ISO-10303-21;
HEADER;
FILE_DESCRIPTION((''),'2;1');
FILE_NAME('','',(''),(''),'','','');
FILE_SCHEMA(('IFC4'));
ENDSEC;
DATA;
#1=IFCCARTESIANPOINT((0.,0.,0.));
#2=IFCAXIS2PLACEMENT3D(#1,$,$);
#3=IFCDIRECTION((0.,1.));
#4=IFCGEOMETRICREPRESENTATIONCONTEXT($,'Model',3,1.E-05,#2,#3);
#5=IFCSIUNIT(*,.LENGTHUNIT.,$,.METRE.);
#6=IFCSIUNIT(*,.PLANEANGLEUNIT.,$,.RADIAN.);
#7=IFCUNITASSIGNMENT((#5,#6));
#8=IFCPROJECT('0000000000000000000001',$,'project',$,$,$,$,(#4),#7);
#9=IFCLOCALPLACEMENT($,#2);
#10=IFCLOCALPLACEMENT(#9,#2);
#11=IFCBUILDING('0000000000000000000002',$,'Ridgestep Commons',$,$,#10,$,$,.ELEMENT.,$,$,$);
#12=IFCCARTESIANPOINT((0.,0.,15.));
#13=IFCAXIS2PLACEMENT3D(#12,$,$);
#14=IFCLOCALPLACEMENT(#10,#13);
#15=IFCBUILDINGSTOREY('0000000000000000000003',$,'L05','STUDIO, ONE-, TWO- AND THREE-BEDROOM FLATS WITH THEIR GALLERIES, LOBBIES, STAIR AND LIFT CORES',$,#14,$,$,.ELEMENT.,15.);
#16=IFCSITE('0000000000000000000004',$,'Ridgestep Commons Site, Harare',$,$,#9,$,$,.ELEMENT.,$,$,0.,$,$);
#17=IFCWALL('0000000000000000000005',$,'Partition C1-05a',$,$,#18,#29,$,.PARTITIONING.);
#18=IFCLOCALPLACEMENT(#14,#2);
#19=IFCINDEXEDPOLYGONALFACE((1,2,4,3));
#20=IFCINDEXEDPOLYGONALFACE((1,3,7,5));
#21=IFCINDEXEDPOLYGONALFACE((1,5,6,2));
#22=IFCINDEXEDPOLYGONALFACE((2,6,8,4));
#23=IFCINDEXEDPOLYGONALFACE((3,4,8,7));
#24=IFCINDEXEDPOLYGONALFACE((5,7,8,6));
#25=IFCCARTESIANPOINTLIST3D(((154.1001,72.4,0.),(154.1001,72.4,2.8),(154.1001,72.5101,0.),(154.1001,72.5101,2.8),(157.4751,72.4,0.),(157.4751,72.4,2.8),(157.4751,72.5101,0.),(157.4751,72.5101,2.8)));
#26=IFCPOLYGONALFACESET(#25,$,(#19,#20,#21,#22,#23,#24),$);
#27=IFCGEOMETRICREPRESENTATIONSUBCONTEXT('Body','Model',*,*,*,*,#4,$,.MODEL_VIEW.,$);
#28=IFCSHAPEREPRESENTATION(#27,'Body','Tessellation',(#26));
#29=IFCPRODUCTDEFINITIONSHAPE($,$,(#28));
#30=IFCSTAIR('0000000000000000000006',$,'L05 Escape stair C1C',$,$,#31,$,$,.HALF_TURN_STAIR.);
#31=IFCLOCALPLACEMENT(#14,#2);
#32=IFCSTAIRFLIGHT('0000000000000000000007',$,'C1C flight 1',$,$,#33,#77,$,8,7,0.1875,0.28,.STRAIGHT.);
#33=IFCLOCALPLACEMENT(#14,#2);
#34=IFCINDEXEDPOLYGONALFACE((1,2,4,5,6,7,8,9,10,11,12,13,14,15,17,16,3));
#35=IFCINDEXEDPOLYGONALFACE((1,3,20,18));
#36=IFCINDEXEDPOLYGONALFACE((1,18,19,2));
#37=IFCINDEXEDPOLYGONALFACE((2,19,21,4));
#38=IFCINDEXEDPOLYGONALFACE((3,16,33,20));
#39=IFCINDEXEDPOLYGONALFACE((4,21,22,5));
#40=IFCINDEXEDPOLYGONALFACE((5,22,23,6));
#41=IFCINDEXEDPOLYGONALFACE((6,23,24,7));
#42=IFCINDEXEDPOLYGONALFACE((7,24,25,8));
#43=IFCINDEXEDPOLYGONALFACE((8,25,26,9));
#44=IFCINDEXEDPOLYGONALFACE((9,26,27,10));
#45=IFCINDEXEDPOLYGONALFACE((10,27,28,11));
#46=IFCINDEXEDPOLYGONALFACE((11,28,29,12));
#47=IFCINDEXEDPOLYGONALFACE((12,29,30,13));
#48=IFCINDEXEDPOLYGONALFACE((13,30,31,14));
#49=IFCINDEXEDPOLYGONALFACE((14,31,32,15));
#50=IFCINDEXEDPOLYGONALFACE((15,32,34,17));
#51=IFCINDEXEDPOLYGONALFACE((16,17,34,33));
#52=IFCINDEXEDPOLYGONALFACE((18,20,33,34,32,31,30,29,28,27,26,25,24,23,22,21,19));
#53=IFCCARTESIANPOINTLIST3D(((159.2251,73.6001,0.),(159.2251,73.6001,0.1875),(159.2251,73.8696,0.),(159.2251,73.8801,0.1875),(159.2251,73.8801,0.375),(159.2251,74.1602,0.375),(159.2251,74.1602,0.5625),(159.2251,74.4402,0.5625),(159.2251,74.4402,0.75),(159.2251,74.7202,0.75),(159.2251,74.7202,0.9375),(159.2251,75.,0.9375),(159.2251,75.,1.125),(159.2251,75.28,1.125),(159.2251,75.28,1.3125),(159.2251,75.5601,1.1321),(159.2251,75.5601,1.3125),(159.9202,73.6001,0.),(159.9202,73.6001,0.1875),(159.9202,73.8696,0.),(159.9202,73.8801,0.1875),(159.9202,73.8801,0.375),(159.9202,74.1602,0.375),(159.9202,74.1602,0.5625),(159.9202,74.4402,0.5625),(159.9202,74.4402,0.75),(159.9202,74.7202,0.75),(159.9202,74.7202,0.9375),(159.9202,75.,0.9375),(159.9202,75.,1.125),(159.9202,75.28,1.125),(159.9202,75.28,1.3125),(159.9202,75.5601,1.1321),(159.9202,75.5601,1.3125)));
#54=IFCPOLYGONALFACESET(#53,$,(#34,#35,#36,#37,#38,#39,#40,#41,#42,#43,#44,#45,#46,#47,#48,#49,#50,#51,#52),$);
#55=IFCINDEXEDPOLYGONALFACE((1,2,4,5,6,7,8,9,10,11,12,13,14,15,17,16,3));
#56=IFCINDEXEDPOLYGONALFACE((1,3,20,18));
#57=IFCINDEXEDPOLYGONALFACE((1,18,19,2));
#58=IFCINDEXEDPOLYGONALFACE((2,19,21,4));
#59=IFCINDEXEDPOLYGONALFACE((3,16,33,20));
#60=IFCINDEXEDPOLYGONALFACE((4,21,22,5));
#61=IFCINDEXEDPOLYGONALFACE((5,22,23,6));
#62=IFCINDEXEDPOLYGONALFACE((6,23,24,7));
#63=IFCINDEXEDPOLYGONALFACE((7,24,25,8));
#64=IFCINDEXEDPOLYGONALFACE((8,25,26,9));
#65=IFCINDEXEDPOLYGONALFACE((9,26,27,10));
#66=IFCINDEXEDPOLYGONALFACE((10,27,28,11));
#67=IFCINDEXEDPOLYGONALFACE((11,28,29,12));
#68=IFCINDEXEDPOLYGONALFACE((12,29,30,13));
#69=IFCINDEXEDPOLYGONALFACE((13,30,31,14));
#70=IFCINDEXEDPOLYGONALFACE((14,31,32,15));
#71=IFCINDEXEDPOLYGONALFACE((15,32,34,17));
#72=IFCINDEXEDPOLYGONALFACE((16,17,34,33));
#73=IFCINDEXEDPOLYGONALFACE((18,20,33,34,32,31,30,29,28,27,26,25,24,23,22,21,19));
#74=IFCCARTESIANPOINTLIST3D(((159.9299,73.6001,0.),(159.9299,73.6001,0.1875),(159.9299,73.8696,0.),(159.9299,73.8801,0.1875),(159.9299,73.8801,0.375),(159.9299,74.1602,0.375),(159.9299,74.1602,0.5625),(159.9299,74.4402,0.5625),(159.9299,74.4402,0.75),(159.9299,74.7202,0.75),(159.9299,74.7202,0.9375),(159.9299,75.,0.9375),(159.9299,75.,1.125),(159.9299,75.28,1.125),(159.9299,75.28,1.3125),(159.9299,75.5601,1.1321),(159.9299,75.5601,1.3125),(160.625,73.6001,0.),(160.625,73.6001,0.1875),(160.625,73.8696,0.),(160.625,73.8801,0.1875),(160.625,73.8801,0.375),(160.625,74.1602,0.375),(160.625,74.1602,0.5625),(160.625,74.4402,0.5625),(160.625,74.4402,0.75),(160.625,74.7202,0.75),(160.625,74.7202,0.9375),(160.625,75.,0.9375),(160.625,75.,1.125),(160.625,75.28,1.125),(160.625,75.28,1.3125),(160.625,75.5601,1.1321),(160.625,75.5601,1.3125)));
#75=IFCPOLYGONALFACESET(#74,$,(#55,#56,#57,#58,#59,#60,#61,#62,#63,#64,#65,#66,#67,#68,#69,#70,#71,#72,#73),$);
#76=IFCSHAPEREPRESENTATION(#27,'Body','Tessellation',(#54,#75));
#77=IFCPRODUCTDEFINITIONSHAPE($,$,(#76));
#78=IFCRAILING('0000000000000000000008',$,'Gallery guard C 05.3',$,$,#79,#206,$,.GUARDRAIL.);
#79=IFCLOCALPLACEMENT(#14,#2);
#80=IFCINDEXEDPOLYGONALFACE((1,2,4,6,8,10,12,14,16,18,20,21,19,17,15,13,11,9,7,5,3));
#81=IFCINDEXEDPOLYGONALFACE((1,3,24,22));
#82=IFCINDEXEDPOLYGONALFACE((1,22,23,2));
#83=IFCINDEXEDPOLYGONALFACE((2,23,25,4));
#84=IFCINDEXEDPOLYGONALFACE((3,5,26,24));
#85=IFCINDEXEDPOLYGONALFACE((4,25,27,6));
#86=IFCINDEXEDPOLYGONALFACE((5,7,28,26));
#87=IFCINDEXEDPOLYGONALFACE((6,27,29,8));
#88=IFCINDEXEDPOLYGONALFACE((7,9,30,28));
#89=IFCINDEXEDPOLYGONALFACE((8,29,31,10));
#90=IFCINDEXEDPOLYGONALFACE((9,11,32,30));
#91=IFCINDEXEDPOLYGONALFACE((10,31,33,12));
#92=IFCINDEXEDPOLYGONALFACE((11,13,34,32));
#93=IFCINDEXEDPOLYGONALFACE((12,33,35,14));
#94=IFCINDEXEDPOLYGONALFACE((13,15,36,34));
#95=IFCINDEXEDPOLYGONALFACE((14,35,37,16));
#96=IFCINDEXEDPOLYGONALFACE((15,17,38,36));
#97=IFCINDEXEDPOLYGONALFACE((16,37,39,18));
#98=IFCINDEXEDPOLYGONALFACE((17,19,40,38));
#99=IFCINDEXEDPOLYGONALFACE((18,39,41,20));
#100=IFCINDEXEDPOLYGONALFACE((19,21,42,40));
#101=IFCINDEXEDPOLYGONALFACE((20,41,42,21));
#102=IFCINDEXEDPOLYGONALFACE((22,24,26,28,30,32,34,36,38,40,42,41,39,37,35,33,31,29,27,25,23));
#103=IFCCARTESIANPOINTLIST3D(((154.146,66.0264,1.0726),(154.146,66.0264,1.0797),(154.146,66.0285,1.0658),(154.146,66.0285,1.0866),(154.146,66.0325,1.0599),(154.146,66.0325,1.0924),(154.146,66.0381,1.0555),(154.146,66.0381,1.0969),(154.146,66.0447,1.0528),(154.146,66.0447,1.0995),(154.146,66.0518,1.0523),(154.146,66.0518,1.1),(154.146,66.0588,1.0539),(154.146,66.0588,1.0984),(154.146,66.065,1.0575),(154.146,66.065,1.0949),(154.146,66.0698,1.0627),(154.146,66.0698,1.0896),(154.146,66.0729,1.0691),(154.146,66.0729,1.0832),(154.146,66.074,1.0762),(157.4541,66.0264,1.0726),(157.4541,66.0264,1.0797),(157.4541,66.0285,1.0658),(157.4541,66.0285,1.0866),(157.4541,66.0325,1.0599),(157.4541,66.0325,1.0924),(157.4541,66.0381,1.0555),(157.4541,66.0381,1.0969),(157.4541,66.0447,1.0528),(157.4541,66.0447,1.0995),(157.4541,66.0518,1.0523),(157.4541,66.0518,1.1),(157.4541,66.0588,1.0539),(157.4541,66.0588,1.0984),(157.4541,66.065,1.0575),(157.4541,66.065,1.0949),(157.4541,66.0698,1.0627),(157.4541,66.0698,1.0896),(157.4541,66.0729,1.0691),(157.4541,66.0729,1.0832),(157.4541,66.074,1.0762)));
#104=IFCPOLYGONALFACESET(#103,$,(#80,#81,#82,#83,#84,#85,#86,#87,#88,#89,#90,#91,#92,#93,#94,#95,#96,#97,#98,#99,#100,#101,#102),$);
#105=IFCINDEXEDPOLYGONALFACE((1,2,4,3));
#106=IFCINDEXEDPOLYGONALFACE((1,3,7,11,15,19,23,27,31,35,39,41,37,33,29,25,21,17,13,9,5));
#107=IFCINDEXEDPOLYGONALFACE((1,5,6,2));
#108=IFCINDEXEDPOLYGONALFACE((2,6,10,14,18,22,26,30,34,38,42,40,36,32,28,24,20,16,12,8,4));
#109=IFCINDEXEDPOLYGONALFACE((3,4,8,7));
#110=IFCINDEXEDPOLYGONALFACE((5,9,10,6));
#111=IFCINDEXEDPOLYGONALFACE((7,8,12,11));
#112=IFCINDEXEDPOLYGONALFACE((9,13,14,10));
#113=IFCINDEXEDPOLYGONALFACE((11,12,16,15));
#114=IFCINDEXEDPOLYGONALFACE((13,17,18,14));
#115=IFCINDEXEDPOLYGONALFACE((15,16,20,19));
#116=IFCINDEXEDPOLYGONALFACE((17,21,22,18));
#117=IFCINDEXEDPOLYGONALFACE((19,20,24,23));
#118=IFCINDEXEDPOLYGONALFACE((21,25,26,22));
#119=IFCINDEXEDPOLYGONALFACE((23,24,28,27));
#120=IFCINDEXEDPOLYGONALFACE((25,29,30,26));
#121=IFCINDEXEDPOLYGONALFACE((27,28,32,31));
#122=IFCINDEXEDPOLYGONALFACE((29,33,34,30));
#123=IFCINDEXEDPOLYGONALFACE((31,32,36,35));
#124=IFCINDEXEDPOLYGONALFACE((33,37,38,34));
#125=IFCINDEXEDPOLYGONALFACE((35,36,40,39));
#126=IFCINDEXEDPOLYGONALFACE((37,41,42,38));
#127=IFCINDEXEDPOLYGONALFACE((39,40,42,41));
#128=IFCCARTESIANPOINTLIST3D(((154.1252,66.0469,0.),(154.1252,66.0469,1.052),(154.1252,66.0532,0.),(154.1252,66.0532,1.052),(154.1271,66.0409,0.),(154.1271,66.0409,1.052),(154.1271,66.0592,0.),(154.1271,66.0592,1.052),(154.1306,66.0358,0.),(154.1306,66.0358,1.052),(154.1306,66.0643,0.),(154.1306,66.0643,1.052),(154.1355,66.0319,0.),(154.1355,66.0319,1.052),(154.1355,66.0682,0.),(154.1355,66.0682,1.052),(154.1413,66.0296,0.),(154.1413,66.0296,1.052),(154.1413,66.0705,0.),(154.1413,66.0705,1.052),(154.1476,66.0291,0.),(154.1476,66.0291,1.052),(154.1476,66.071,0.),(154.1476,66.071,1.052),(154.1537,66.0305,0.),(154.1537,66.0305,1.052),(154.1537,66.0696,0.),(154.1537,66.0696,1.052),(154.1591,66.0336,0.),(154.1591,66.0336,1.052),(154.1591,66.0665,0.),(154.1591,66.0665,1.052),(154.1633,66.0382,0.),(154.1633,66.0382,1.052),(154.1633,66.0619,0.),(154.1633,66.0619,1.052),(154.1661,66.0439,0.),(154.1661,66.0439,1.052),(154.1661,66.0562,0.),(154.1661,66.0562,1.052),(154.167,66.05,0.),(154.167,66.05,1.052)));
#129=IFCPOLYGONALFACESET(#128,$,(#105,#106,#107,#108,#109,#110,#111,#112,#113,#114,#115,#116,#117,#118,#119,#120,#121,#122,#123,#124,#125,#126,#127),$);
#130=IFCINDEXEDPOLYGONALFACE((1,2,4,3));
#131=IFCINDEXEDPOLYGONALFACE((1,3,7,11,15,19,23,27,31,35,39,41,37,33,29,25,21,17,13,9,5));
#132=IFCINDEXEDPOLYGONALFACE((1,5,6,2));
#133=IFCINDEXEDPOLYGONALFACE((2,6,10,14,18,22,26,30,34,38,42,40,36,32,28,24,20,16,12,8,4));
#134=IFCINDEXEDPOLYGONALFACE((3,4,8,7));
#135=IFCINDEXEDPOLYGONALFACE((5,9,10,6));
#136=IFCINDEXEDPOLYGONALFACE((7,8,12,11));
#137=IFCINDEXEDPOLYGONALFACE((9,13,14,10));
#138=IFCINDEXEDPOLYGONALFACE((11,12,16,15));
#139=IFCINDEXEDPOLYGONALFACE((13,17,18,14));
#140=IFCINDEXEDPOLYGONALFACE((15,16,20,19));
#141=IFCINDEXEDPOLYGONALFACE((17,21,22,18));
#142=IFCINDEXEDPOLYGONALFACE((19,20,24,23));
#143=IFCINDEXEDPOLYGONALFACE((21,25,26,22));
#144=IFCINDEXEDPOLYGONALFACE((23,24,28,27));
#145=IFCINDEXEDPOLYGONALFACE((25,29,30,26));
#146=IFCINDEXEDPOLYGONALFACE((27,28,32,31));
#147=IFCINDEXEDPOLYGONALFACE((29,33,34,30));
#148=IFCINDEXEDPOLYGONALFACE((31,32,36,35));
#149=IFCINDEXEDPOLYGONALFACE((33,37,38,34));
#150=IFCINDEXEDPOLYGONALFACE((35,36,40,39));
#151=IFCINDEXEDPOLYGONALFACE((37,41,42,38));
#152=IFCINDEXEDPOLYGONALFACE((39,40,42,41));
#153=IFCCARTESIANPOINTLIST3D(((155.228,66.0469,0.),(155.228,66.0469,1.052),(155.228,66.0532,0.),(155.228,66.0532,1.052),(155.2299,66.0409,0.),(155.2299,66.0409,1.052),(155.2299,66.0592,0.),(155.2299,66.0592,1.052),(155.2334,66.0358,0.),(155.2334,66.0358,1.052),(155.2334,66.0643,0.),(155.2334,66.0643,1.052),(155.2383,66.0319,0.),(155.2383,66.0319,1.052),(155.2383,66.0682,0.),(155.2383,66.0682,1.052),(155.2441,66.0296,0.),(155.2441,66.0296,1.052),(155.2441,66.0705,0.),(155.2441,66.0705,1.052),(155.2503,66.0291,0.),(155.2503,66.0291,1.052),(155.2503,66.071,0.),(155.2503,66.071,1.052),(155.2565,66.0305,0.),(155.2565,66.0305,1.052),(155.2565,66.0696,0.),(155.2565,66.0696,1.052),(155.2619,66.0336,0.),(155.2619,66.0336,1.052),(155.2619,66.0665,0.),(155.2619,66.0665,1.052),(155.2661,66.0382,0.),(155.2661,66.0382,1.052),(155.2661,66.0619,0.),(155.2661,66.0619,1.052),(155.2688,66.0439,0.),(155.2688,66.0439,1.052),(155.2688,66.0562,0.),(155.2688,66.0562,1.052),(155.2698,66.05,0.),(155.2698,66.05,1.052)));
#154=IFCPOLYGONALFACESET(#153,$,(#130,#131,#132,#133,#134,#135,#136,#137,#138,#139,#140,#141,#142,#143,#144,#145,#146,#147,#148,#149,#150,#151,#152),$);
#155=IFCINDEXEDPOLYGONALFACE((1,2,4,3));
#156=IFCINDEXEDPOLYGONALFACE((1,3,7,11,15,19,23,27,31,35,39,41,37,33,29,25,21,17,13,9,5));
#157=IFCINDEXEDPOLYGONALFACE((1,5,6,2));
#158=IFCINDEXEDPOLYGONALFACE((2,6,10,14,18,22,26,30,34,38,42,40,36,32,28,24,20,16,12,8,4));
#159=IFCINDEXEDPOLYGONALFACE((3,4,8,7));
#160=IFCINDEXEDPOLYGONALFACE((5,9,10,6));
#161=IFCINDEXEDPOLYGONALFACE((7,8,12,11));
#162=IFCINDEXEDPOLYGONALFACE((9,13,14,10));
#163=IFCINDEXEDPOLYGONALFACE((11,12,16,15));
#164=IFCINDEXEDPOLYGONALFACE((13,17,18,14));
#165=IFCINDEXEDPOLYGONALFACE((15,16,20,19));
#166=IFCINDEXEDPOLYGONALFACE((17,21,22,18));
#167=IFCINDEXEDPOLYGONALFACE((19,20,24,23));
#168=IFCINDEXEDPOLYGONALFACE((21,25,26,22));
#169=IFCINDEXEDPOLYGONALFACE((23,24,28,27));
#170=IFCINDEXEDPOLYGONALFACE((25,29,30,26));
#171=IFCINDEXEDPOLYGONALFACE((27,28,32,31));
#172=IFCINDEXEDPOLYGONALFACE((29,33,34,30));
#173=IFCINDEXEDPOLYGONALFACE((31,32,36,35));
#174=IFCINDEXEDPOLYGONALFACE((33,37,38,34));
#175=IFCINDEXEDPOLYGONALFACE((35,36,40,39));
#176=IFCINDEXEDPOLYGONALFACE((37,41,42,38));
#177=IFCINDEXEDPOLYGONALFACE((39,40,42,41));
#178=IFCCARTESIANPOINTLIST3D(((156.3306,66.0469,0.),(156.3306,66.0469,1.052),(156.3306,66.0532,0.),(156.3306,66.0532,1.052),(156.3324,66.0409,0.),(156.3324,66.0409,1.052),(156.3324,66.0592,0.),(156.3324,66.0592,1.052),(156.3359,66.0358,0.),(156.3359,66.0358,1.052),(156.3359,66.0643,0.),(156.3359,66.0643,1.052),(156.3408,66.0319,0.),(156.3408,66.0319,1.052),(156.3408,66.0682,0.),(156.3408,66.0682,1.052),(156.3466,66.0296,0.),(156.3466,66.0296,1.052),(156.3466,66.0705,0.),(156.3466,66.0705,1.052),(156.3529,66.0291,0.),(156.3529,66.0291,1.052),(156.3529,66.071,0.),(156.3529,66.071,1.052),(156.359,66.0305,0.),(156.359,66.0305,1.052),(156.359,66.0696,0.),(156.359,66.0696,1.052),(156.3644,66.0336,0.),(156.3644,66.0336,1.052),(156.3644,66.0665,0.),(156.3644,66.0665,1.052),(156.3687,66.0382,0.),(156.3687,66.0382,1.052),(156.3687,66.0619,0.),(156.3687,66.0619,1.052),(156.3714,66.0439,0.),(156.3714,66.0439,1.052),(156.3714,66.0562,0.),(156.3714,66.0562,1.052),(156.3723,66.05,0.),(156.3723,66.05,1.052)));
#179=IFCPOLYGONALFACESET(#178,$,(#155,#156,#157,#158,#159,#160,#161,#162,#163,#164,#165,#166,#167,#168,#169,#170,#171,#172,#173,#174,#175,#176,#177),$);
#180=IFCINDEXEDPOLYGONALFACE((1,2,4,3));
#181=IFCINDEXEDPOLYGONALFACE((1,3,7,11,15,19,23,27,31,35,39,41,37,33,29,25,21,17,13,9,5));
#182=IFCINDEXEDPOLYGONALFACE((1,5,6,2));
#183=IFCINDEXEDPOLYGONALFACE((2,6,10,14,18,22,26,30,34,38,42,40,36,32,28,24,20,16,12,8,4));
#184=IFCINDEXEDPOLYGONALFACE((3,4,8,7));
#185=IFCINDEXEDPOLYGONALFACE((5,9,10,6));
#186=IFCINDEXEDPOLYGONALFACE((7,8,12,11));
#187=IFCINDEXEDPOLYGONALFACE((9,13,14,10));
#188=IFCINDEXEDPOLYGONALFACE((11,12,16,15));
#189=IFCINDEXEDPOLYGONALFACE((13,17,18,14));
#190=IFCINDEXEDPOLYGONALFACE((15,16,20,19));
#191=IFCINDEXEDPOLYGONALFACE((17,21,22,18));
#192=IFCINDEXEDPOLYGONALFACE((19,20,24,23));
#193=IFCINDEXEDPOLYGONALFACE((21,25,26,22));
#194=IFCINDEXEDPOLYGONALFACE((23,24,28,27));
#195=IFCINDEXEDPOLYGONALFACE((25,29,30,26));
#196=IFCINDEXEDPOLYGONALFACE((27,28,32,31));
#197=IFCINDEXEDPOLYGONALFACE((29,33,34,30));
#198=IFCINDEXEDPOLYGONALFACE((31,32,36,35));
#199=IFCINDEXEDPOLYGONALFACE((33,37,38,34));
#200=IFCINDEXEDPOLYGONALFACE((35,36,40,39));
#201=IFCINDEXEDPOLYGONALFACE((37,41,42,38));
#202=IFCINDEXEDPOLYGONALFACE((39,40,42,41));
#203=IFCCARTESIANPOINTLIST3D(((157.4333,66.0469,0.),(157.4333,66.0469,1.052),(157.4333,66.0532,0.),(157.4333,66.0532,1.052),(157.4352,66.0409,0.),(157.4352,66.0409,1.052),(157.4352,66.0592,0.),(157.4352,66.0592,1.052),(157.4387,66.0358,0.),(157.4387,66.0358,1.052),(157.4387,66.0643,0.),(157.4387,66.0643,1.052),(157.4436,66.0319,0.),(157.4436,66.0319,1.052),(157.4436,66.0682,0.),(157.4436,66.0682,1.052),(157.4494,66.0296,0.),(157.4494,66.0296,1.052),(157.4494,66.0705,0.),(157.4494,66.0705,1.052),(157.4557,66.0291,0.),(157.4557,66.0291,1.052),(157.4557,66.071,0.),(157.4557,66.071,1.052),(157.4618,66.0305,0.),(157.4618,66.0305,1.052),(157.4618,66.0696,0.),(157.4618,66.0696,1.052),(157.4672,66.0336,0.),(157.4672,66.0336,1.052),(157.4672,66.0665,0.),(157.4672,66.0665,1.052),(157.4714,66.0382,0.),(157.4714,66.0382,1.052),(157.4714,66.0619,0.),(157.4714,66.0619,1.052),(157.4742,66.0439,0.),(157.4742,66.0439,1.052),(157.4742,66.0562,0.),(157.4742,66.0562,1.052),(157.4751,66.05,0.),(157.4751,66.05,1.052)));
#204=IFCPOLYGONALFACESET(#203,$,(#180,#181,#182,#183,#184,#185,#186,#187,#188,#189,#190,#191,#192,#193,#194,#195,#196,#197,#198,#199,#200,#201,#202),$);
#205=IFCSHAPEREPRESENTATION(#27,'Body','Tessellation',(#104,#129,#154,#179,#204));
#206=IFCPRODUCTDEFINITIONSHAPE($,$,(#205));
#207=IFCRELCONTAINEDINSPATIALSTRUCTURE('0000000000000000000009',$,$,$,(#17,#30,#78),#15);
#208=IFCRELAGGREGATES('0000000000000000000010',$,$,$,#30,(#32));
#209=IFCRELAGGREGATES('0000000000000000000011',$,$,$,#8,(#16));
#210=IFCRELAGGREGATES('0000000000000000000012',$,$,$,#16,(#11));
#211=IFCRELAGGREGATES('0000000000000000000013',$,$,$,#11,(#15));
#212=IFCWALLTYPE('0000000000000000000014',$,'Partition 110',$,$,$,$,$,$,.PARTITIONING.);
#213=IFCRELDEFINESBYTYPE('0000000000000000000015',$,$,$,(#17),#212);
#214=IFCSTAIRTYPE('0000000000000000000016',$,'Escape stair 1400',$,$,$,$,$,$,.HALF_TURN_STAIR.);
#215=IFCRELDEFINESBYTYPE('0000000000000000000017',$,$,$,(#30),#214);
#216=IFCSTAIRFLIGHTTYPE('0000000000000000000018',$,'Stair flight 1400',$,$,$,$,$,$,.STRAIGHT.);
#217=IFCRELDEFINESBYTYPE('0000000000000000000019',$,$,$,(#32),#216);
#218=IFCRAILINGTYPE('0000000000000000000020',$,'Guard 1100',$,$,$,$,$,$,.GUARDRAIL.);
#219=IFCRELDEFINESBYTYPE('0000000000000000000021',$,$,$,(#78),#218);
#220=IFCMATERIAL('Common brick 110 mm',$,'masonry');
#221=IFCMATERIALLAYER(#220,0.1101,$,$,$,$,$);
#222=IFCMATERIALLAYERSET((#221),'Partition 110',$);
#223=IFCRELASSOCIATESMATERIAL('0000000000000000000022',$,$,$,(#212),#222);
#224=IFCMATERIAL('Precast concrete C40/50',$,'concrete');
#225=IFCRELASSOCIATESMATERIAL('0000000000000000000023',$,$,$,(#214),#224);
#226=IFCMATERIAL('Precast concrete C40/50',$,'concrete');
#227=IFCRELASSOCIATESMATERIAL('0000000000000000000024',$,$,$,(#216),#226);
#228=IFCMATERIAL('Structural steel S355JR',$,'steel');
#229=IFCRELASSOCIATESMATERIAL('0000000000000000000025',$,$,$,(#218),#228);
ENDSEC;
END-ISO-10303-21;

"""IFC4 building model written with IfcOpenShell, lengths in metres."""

from ifc_helpers import new_model, si_unit, direction, frame, frame_2d, origin, origin_2d, place, context, subcontext, project, spatial, polyline, rectangle, circle, outline, extrude, material, layer, layer_set, type_object, element, aggregate, save


model = new_model("IFC4")

# Units and contexts
model_context = context("Model", 3, precision=1e-05, world=origin(), true_north=direction((0.0, 1.0)))
body_context = subcontext(model_context, "Body", "Model", "MODEL_VIEW")
ifc_project = project(units=[si_unit("LENGTHUNIT", "METRE"), si_unit("PLANEANGLEUNIT", "RADIAN")], contexts=[model_context])

# Site, building, storey
site_placement = place(None, origin())
site = spatial("IfcSite", under=ifc_project, at=site_placement, Name="Ridgestep Commons Site, Harare", CompositionType="ELEMENT", RefElevation=0.0)
building_placement = place(site_placement, origin())
building = spatial("IfcBuilding", under=site, at=building_placement, Name="Ridgestep Commons", CompositionType="ELEMENT")
storey_placement = place(building_placement, frame((0.0, 0.0, 15.0)))
storey = spatial("IfcBuildingStorey", under=building, at=storey_placement, Name="L05", Description="STUDIO, ONE-, TWO- AND THREE-BEDROOM FLATS WITH THEIR GALLERIES, LOBBIES, STAIR AND LIFT CORES", CompositionType="ELEMENT", Elevation=15.0)

# Wall
ifc_material_1 = material(Name="Common brick 110 mm", Category="masonry")
ifc_layer_1 = layer(ifc_material_1, 0.1101)
ifc_layer_set_1 = layer_set([ifc_layer_1], Name="Partition 110")
wall_type_1 = type_object("IfcWallType", Name="Partition 110", PredefinedType="PARTITIONING", material=ifc_layer_set_1)
wall_1_placement = place(storey_placement, frame((154.1001, 72.4551, 0.0), z_axis=(0.0, 0.0, 1.0), x_axis=(1.0, 0.0, 0.0)))
element("IfcWall", 1, at=wall_1_placement, inside=storey, type_object=wall_type_1, Name="Partition C1-05a", PredefinedType="PARTITIONING", context=body_context, shape_type="SweptSolid", body=[
    extrude(rectangle(XDim=3.375, YDim=0.1101, at=frame_2d((1.6875, 0.0))), origin(), (0.0, 0.0, 1.0), 2.8),
])

# Stair, stair flight
ifc_material_2 = material(Name="Precast concrete C40/50", Category="concrete")
stair_type = type_object("IfcStairType", Name="Escape stair 1400", PredefinedType="HALF_TURN_STAIR", material=ifc_material_2)
stair_placement = place(storey_placement, origin())
stair = element("IfcStair", 2, at=stair_placement, inside=storey, type_object=stair_type, Name="L05 Escape stair C1C", PredefinedType="HALF_TURN_STAIR")
ifc_material_3 = material(Name="Precast concrete C40/50", Category="concrete")
stair_flight_type = type_object("IfcStairFlightType", Name="Stair flight 1400", PredefinedType="STRAIGHT", material=ifc_material_3)
stair_flight_placement = place(storey_placement, frame((159.925, 73.6001, 0.0), z_axis=(0.0, 0.0, 1.0), x_axis=(0.0, 1.0, 0.0)))
stair_flight = element("IfcStairFlight", 3, at=stair_flight_placement, type_object=stair_flight_type, Name="C1C flight 1", NumberOfRisers=8, NumberOfTreads=7, PredefinedType="STRAIGHT", RiserHeight=0.1875, TreadLength=0.28, context=body_context, shape_type="SweptSolid", body=[
    extrude(outline(polyline([(0.0, 0.0), (0.0, 0.1875), (0.28, 0.1875), (0.28, 0.375), (0.5601, 0.375), (0.5601, 0.5625), (0.8401, 0.5625), (0.8401, 0.75), (1.1201, 0.75), (1.1201, 0.9375), (1.3999, 0.9375), (1.3999, 1.125), (1.6799, 1.125), (1.6799, 1.3125), (1.96, 1.3125), (1.96, 1.5), (1.96, 1.1321), (0.2695, 0.0), (0.0, 0.0)])), frame((0.0, 0.7, 0.0), z_axis=(0.0, -1.0, 0.0), x_axis=(1.0, 0.0, 0.0)), (0.0, 0.0, 1.0), 0.6951),
    extrude(outline(polyline([(0.0, 0.0), (0.0, 0.1875), (0.28, 0.1875), (0.28, 0.375), (0.5601, 0.375), (0.5601, 0.5625), (0.8401, 0.5625), (0.8401, 0.75), (1.1201, 0.75), (1.1201, 0.9375), (1.3999, 0.9375), (1.3999, 1.125), (1.6799, 1.125), (1.6799, 1.3125), (1.96, 1.3125), (1.96, 1.5), (1.96, 1.1321), (0.2695, 0.0), (0.0, 0.0)])), frame((0.0, -0.0049, 0.0), z_axis=(0.0, -1.0, 0.0), x_axis=(1.0, 0.0, 0.0)), (0.0, 0.0, 1.0), 0.6951),
])
aggregate(stair, [stair_flight])

# Railing
ifc_material_4 = material(Name="Structural steel S355JR", Category="steel")
railing_type_1 = type_object("IfcRailingType", Name="Guard 1100", PredefinedType="GUARDRAIL", material=ifc_material_4)
railing_1_placement = place(storey_placement, frame((154.146, 66.05, 0.0)))
element("IfcRailing", 4, at=railing_1_placement, inside=storey, type_object=railing_type_1, Name="Gallery guard C 05.3", PredefinedType="GUARDRAIL", context=body_context, shape_type="SweptSolid", body=[
    extrude(circle(Radius=0.0239, at=origin_2d()), frame((0.0, 0.0, 1.0762), z_axis=(1.0, 0.0, 0.0), x_axis=(0.0, 1.0, 0.0)), (0.0, 0.0, 1.0), 3.3081),
    extrude(circle(Radius=0.021, at=origin_2d()), origin(), (0.0, 0.0, 1.0), 1.052),
    extrude(circle(Radius=0.021, at=origin_2d()), frame((1.1028, 0.0, 0.0)), (0.0, 0.0, 1.0), 1.052),
    extrude(circle(Radius=0.021, at=origin_2d()), frame((2.2053, 0.0, 0.0)), (0.0, 0.0, 1.0), 1.052),
    extrude(circle(Radius=0.021, at=origin_2d()), frame((3.3081, 0.0, 0.0)), (0.0, 0.0, 1.0), 1.052),
])

save(model, "model.ifc")
